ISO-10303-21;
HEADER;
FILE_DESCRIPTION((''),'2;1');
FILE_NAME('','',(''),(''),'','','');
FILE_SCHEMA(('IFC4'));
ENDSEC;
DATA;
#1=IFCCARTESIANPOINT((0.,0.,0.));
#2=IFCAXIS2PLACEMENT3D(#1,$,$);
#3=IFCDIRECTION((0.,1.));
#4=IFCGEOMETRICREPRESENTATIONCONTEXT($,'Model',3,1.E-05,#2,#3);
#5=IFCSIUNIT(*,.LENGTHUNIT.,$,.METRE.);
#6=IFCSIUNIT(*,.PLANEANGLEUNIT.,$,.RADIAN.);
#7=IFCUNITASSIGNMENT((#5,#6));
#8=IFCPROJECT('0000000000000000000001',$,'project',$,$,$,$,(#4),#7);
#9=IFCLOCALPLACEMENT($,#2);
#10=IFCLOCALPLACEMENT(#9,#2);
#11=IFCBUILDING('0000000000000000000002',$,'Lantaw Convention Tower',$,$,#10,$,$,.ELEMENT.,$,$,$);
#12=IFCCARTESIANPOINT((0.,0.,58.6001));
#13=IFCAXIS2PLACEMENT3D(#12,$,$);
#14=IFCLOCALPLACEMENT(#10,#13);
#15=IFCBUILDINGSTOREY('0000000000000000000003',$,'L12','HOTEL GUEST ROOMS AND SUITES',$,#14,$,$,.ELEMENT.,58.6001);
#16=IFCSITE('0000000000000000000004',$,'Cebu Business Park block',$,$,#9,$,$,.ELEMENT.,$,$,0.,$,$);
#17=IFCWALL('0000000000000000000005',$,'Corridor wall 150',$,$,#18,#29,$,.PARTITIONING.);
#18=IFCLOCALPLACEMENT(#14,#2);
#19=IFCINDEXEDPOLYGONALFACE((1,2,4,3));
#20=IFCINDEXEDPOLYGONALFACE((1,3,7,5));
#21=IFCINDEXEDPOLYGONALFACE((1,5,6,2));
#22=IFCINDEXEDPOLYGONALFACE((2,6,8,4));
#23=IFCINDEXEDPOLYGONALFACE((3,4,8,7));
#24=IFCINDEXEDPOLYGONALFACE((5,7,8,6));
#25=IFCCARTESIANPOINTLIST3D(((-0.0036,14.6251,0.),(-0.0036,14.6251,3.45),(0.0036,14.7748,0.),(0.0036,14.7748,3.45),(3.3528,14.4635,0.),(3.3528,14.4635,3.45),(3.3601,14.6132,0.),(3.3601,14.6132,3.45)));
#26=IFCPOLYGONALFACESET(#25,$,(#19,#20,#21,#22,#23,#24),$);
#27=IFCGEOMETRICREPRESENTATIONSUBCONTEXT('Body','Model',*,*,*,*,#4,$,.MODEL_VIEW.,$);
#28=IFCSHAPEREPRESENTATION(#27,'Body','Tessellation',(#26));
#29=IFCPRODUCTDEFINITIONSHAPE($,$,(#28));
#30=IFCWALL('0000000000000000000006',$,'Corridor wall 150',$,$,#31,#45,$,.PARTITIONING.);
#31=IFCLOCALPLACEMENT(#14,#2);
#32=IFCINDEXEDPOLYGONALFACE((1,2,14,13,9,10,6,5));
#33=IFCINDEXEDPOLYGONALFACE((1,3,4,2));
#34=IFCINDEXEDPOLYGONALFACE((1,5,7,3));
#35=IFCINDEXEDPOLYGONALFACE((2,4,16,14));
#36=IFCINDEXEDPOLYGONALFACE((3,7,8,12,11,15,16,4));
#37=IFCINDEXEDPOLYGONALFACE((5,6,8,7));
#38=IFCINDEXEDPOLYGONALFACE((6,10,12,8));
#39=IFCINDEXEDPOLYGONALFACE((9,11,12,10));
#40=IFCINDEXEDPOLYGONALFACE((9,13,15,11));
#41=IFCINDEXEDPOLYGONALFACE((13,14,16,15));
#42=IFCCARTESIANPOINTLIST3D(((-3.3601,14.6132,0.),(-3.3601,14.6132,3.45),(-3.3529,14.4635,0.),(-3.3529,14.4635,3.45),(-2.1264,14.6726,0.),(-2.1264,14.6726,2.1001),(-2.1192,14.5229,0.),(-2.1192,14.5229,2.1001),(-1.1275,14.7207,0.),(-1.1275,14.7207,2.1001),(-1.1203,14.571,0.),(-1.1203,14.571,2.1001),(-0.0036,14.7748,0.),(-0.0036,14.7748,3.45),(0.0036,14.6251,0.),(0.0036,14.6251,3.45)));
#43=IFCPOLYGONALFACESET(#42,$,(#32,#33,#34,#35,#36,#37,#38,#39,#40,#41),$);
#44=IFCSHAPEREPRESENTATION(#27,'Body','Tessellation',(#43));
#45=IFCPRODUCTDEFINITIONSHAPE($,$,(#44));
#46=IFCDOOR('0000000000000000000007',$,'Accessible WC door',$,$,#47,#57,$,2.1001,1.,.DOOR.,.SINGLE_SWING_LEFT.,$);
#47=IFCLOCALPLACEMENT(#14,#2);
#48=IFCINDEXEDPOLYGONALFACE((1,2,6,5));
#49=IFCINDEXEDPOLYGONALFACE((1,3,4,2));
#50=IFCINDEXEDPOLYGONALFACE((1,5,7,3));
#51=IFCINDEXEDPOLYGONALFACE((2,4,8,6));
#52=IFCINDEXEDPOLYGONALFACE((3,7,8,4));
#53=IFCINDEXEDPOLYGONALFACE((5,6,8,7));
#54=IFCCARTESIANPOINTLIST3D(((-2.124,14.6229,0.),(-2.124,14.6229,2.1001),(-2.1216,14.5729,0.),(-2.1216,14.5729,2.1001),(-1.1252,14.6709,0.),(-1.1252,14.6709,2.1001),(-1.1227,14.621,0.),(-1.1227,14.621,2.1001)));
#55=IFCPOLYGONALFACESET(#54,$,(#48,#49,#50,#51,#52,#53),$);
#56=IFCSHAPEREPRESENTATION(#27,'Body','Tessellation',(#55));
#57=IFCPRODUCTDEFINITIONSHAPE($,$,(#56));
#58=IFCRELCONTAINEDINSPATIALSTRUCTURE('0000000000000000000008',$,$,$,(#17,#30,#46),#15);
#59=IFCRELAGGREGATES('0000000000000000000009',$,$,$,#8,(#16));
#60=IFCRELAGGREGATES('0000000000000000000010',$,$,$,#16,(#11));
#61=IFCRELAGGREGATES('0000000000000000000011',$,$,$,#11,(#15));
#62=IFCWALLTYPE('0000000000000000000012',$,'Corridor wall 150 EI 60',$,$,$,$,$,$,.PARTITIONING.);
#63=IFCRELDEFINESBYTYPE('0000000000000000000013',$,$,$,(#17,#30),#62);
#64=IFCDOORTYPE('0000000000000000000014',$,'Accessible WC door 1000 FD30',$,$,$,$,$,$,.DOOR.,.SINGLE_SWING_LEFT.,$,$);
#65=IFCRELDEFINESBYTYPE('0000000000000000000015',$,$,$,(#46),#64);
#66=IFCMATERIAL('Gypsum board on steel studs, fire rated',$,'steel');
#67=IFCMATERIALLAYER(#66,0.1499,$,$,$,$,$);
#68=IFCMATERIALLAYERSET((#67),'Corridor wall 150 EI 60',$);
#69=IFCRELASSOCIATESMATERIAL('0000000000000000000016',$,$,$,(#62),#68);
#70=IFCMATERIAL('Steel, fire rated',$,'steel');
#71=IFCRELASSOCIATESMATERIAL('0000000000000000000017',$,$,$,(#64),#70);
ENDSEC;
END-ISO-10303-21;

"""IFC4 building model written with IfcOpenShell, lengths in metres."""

from ifc_helpers import new_model, si_unit, direction, frame, frame_2d, origin, place, context, subcontext, project, spatial, rectangle, extrude, material, layer, layer_set, type_object, element, fill, save


model = new_model("IFC4")

# Units and contexts
model_context = context("Model", 3, precision=1e-05, world=origin(), true_north=direction((0.0, 1.0)))
body_context = subcontext(model_context, "Body", "Model", "MODEL_VIEW")
ifc_project = project(units=[si_unit("LENGTHUNIT", "METRE"), si_unit("PLANEANGLEUNIT", "RADIAN")], contexts=[model_context])

# Site, building, storey
site_placement = place(None, origin())
site = spatial("IfcSite", under=ifc_project, at=site_placement, Name="Cebu Business Park block", CompositionType="ELEMENT", RefElevation=0.0)
building_placement = place(site_placement, origin())
building = spatial("IfcBuilding", under=site, at=building_placement, Name="Lantaw Convention Tower", CompositionType="ELEMENT")
storey_placement = place(building_placement, frame((0.0, 0.0, 58.6001)))
storey = spatial("IfcBuildingStorey", under=building, at=storey_placement, Name="L12", Description="HOTEL GUEST ROOMS AND SUITES", CompositionType="ELEMENT", Elevation=58.6001)

# Shared definitions
ifc_material_1 = material(Name="Gypsum board on steel studs, fire rated", Category="steel")
ifc_layer_1 = layer(ifc_material_1, 0.1499)
ifc_layer_set_1 = layer_set([ifc_layer_1], Name="Corridor wall 150 EI 60")
wall_type_1 = type_object("IfcWallType", Name="Corridor wall 150 EI 60", PredefinedType="PARTITIONING", material=ifc_layer_set_1)

# Shared definitions
ifc_material_2 = material(Name="Steel, fire rated", Category="steel")

# Wall
wall_1_placement = place(storey_placement, frame((3.3564, 14.5383, 0.0), z_axis=(0.0, 0.0, 1.0), x_axis=(-0.998843, 0.048097, 0.0)))
element("IfcWall", 1, at=wall_1_placement, inside=storey, type_object=wall_type_1, Name="Corridor wall 150", PredefinedType="PARTITIONING", context=body_context, shape_type="SweptSolid", body=[
    extrude(rectangle(XDim=3.3604, YDim=0.1499, at=frame_2d((1.6802, 0.0))), origin(), (0.0, 0.0, 1.0), 3.45),
])

# Wall, opening, door
wall_2_placement = place(storey_placement, frame((0.0, 14.7, 0.0), z_axis=(0.0, 0.0, 1.0), x_axis=(-0.998843, -0.048097, 0.0)))
wall_2 = element("IfcWall", 2, at=wall_2_placement, inside=storey, type_object=wall_type_1, Name="Corridor wall 150", PredefinedType="PARTITIONING", context=body_context, shape_type="SweptSolid", body=[
    extrude(rectangle(XDim=3.3604, YDim=0.1499, at=frame_2d((1.6802, 0.0))), origin(), (0.0, 0.0, 1.0), 3.45),
])
opening_1_placement = place(wall_2_placement, frame((1.1252, 0.0, 0.0)))
opening_1 = element("IfcOpeningElement", 3, at=opening_1_placement, cuts=wall_2, PredefinedType="OPENING", context=body_context, shape_type="SweptSolid", body=[
    extrude(rectangle(XDim=1.0, YDim=2.1001, at=frame_2d((0.5, 1.05))), frame((0.0, 0.085, 0.0), z_axis=(0.0, -1.0, 0.0), x_axis=(1.0, 0.0, 0.0)), (0.0, 0.0, 1.0), 0.1699),
])
door_type_1 = type_object("IfcDoorType", Name="Accessible WC door 1000 FD30", OperationType="SINGLE_SWING_LEFT", PredefinedType="DOOR", material=ifc_material_2)
door_1_placement = place(opening_1_placement, origin())
door_1 = element("IfcDoor", 4, at=door_1_placement, inside=storey, type_object=door_type_1, Name="Accessible WC door", OperationType="SINGLE_SWING_LEFT", OverallHeight=2.1001, OverallWidth=1.0, PredefinedType="DOOR", context=body_context, shape_type="SweptSolid", body=[
    extrude(rectangle(XDim=1.0, YDim=2.1001, at=frame_2d((0.5, 1.05))), frame((0.0, 0.0249, 0.0), z_axis=(0.0, -1.0, 0.0), x_axis=(1.0, 0.0, 0.0)), (0.0, 0.0, 1.0), 0.05),
])
fill(opening_1, door_1)

save(model, "model.ifc")
